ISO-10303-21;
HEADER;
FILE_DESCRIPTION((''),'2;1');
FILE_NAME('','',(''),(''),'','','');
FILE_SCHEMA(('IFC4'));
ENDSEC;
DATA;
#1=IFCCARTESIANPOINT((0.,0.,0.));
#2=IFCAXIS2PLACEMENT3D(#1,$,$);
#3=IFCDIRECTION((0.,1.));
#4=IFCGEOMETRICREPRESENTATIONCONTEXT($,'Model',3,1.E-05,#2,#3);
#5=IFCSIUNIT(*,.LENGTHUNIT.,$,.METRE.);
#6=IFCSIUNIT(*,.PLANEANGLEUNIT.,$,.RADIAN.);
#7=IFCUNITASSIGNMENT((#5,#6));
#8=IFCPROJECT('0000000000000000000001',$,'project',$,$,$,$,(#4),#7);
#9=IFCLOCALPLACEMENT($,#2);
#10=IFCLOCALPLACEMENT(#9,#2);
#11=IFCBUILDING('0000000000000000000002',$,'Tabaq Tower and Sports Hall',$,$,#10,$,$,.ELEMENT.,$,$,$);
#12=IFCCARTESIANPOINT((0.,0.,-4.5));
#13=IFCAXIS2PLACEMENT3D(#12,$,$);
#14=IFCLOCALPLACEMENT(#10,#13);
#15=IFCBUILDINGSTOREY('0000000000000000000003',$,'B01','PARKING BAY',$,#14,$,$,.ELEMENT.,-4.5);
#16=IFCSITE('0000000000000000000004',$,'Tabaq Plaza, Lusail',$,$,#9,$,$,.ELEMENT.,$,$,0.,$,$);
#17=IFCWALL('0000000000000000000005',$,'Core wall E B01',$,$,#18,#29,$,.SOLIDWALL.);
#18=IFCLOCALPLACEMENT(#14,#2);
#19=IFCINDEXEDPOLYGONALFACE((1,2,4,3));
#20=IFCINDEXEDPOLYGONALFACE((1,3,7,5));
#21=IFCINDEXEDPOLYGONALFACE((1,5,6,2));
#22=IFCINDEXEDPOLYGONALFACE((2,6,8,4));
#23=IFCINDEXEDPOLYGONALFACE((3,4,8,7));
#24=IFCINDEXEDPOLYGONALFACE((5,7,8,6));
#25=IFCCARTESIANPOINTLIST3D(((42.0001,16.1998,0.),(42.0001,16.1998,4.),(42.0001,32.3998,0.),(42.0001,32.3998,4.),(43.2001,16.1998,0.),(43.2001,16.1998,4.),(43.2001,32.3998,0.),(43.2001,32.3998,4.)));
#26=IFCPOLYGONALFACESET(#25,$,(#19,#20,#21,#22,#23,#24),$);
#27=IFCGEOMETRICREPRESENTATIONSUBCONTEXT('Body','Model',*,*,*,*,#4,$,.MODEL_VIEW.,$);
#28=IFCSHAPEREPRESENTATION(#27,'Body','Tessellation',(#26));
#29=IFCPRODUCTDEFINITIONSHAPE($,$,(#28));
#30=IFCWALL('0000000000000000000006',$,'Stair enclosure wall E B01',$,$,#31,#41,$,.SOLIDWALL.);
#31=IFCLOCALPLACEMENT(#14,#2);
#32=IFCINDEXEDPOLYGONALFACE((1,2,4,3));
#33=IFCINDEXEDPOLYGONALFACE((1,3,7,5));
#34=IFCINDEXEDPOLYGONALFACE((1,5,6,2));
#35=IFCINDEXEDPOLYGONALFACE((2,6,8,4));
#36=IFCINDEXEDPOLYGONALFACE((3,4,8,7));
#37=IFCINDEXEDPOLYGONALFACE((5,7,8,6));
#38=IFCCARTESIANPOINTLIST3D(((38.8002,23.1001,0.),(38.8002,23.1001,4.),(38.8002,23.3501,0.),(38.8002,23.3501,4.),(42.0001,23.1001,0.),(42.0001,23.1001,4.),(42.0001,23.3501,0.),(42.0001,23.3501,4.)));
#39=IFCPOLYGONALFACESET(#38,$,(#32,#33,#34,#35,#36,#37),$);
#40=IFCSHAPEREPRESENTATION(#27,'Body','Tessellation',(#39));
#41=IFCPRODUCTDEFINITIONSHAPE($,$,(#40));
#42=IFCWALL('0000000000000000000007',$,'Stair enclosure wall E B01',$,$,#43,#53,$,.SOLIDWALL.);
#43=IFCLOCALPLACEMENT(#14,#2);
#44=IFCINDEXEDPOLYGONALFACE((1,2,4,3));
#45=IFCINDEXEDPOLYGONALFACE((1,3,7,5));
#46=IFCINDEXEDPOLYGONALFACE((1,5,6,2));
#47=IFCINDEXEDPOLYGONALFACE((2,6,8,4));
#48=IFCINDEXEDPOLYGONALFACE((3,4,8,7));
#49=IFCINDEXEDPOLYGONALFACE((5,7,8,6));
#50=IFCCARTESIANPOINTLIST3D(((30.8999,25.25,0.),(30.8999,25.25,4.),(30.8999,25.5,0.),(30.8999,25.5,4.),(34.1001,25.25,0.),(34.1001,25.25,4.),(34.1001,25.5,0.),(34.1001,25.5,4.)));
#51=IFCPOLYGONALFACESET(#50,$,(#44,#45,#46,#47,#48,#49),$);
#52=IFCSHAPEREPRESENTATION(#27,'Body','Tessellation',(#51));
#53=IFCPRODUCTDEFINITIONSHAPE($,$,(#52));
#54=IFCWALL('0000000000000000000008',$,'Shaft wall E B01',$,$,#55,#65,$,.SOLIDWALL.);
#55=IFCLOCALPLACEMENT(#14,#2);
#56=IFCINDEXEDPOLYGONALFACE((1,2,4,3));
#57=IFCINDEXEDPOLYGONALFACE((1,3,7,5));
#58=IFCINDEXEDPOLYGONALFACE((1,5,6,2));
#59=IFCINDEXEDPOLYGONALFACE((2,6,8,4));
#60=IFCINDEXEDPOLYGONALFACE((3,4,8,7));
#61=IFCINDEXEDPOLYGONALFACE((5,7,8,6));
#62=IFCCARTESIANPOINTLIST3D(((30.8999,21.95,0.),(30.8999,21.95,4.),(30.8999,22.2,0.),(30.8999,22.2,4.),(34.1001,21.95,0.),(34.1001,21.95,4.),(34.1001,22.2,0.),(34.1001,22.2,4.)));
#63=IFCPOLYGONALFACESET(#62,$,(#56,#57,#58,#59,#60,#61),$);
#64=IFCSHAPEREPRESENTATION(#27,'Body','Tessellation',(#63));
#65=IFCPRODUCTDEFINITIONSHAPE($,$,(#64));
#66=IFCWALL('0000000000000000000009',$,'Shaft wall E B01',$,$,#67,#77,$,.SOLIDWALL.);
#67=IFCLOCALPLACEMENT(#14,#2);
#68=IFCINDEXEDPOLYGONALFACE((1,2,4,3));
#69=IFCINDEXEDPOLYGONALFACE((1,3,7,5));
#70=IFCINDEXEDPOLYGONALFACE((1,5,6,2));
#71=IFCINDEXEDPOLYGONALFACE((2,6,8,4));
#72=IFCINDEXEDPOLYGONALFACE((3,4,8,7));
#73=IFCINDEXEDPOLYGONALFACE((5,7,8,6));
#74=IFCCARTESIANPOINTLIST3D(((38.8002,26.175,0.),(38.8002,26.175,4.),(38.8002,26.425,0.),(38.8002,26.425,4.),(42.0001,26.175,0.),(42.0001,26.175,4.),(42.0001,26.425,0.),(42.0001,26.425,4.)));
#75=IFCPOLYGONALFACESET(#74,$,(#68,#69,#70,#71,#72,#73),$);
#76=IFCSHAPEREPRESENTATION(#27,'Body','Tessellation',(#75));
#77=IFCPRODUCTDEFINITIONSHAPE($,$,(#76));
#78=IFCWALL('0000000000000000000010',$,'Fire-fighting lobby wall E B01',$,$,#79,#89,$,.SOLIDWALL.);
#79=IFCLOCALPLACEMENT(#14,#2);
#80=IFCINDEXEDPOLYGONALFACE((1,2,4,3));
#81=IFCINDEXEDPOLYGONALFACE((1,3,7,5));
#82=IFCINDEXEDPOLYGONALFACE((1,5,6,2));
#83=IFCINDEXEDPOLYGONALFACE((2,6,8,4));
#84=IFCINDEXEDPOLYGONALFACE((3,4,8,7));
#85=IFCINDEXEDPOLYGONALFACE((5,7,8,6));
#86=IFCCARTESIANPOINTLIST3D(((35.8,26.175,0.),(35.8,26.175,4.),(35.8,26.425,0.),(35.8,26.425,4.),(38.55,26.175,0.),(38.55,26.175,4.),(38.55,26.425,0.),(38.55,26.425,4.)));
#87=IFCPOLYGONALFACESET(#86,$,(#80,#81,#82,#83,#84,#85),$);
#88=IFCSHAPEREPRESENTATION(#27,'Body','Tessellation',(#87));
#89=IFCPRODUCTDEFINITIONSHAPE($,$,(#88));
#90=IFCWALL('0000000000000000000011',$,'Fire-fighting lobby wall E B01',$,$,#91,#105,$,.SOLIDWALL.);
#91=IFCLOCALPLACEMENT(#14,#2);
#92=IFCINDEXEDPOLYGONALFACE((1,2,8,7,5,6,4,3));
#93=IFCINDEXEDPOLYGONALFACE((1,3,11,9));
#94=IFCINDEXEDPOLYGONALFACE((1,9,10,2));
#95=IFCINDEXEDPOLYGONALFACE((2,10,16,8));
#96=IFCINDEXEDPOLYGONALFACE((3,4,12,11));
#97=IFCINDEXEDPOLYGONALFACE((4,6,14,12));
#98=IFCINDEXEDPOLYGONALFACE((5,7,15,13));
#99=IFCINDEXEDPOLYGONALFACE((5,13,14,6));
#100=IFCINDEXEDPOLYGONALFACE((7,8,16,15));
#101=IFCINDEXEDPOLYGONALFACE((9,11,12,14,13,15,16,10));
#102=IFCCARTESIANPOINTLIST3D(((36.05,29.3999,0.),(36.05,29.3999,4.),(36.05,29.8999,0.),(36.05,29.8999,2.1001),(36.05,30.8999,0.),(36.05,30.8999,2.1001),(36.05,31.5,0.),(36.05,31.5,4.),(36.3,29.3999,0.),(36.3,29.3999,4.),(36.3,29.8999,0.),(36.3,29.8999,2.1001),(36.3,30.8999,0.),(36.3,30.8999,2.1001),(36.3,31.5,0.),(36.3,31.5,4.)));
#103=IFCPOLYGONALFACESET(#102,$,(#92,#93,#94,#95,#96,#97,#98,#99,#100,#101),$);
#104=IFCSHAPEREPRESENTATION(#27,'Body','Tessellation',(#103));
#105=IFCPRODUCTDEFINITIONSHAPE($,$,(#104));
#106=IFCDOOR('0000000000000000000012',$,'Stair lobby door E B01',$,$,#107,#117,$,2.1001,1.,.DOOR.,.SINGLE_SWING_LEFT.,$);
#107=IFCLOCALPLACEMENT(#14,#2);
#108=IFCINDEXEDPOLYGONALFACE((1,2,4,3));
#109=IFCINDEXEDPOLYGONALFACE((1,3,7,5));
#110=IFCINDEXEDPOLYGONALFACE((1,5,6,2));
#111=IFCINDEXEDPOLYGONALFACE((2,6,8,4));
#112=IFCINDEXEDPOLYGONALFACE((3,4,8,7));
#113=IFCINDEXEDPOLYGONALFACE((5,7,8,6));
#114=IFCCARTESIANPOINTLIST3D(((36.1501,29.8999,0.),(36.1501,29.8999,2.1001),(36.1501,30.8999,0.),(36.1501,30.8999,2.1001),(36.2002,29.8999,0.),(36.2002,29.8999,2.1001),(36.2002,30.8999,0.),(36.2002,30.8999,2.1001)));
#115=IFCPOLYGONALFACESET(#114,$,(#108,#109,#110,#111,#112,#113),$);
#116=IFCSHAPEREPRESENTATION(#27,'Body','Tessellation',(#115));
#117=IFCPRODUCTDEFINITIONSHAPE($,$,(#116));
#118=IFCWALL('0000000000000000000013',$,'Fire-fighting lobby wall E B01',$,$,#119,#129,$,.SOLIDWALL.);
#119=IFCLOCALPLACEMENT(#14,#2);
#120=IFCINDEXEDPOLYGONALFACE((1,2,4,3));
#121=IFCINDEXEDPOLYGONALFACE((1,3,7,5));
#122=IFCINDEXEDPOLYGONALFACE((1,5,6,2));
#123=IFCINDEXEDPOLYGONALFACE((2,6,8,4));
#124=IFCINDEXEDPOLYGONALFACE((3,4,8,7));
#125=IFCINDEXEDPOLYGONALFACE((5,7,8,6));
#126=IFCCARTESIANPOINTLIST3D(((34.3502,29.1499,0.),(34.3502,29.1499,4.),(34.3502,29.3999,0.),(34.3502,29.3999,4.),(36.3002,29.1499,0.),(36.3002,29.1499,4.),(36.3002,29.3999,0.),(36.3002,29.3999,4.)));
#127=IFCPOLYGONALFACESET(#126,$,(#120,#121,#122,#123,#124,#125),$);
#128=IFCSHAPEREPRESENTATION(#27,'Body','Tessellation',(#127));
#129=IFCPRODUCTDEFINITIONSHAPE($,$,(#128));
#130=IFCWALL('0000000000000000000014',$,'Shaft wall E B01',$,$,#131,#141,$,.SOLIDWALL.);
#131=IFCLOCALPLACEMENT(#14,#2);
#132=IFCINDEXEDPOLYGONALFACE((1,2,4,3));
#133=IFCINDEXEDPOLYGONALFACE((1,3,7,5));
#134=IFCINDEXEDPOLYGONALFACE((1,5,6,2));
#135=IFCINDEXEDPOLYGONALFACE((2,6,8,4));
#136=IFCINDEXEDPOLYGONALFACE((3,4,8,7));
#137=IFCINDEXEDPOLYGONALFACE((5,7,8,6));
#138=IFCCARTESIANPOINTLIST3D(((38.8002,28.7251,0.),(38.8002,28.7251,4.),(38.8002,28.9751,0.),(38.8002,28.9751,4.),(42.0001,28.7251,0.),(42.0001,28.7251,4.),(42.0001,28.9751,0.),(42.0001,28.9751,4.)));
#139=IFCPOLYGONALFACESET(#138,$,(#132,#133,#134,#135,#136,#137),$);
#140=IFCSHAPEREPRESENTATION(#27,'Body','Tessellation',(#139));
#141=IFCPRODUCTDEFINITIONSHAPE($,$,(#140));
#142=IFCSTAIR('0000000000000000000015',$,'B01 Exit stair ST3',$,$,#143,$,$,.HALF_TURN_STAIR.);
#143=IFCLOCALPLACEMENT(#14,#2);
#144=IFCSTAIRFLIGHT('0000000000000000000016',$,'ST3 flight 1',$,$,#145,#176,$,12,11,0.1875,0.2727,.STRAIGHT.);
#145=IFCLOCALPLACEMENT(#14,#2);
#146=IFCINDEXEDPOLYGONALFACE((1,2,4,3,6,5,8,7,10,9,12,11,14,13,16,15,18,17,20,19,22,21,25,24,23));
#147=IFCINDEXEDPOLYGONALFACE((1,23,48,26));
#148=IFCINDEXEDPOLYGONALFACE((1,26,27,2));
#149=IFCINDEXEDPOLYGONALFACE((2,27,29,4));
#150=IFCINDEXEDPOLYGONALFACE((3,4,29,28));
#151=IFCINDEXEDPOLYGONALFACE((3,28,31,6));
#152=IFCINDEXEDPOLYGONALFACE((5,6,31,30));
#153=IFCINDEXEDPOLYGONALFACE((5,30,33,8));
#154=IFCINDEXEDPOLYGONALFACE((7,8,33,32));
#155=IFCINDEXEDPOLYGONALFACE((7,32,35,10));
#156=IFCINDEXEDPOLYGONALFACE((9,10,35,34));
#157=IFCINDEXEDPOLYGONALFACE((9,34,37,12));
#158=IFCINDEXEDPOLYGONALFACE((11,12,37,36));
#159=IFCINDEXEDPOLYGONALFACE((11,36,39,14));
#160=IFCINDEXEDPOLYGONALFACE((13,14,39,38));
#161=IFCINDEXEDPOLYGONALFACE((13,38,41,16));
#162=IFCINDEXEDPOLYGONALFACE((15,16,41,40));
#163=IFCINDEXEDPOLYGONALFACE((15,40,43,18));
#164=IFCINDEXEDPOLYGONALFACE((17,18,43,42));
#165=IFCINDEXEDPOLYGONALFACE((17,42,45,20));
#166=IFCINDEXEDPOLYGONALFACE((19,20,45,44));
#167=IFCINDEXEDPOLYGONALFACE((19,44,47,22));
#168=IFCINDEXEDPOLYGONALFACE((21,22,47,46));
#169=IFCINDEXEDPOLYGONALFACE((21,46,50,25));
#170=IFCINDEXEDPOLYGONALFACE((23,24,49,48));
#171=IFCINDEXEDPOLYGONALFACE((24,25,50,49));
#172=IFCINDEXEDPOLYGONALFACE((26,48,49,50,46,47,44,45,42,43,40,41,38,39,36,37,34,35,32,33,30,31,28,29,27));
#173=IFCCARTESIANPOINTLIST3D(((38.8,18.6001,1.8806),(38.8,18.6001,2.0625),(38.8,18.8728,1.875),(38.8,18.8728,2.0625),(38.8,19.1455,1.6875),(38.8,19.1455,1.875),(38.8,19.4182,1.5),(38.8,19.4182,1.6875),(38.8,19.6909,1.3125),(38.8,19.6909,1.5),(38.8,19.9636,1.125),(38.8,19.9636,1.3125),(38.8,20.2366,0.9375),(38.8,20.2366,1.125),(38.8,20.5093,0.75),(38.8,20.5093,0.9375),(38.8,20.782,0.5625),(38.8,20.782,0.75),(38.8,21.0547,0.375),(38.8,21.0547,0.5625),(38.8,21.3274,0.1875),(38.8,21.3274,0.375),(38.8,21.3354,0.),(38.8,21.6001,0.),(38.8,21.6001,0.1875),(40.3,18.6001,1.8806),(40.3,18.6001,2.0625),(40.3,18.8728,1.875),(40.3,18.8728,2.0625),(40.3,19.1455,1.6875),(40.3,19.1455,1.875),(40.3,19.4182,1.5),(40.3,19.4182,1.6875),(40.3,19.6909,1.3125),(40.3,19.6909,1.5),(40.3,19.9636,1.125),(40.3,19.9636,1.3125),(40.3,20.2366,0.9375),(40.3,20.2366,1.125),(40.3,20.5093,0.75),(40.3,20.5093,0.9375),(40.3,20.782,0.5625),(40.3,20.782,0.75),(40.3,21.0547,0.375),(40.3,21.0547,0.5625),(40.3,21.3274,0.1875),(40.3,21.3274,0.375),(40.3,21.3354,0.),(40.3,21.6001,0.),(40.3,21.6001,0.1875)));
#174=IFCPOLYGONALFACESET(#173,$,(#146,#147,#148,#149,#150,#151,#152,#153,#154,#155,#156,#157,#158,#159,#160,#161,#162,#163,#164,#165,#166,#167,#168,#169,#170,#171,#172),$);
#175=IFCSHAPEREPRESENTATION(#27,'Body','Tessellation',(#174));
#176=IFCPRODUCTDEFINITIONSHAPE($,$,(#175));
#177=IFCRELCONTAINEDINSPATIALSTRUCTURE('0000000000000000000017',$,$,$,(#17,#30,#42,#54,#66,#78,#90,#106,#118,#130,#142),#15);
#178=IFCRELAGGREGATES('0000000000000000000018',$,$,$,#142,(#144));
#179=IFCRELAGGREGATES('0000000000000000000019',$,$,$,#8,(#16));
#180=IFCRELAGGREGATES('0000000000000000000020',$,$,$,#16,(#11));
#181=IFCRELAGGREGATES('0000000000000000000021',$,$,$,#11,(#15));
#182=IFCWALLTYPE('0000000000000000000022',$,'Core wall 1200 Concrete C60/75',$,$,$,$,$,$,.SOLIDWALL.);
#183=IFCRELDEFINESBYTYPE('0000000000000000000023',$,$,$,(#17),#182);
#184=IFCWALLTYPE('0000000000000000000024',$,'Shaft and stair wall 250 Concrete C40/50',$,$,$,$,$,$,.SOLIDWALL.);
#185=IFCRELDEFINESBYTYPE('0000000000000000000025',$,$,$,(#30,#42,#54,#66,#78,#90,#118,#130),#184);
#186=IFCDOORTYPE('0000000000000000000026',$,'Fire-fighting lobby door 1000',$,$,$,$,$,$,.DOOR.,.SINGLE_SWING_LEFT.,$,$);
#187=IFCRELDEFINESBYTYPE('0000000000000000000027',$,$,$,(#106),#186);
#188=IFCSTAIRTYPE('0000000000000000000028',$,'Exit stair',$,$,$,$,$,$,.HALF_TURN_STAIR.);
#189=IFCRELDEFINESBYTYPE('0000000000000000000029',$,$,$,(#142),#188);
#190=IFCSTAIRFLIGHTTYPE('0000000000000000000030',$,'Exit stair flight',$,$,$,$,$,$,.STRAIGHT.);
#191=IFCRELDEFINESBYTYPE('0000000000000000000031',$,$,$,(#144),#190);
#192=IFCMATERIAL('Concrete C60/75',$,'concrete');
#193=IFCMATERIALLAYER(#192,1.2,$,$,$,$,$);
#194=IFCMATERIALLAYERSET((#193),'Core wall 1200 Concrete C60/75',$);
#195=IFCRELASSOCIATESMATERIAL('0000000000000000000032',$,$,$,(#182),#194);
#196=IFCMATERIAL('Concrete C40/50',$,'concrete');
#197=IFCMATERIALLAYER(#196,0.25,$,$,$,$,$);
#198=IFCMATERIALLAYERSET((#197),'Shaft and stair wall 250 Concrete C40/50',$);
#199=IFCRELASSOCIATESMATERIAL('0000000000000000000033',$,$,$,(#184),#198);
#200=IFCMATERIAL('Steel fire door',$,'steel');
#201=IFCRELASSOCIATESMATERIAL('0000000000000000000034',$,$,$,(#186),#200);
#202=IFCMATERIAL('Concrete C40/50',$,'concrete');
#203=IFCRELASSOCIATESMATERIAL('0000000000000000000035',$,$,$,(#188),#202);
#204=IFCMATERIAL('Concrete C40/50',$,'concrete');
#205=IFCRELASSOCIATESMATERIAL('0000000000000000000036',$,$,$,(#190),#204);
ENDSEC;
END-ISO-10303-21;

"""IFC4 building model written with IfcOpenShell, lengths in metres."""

from ifc_helpers import new_model, si_unit, direction, frame, frame_2d, origin, place, context, subcontext, project, spatial, polyline, rectangle, outline, extrude, material, layer, layer_set, type_object, element, fill, aggregate, save


model = new_model("IFC4")

# Units and contexts
model_context = context("Model", 3, precision=1e-05, world=origin(), true_north=direction((0.0, 1.0)))
body_context = subcontext(model_context, "Body", "Model", "MODEL_VIEW")
ifc_project = project(units=[si_unit("LENGTHUNIT", "METRE"), si_unit("PLANEANGLEUNIT", "RADIAN")], contexts=[model_context])

# Site, building, storey
site_placement = place(None, origin())
site = spatial("IfcSite", under=ifc_project, at=site_placement, Name="Tabaq Plaza, Lusail", CompositionType="ELEMENT", RefElevation=0.0)
building_placement = place(site_placement, origin())
building = spatial("IfcBuilding", under=site, at=building_placement, Name="Tabaq Tower and Sports Hall", CompositionType="ELEMENT")
storey_placement = place(building_placement, frame((0.0, 0.0, -4.5)))
storey = spatial("IfcBuildingStorey", under=building, at=storey_placement, Name="B01", Description="PARKING BAY", CompositionType="ELEMENT", Elevation=-4.5)

# Wall
ifc_material_1 = material(Name="Concrete C60/75", Category="concrete")
ifc_layer_1 = layer(ifc_material_1, 1.2)
ifc_layer_set_1 = layer_set([ifc_layer_1], Name="Core wall 1200 Concrete C60/75")
wall_type_1 = type_object("IfcWallType", Name="Core wall 1200 Concrete C60/75", PredefinedType="SOLIDWALL", material=ifc_layer_set_1)
wall_1_placement = place(storey_placement, frame((42.6001, 32.3999, 0.0), z_axis=(0.0, 0.0, 1.0), x_axis=(0.0, -1.0, 0.0)))
element("IfcWall", 1, at=wall_1_placement, inside=storey, type_object=wall_type_1, Name="Core wall E B01", PredefinedType="SOLIDWALL", context=body_context, shape_type="SweptSolid", body=[
    extrude(rectangle(XDim=16.2, YDim=1.2, at=frame_2d((8.1001, 0.0))), origin(), (0.0, 0.0, 1.0), 4.0),
])

# Walls
ifc_material_2 = material(Name="Concrete C40/50", Category="concrete")
ifc_layer_2 = layer(ifc_material_2, 0.25)
ifc_layer_set_2 = layer_set([ifc_layer_2], Name="Shaft and stair wall 250 Concrete C40/50")
wall_type_2 = type_object("IfcWallType", Name="Shaft and stair wall 250 Concrete C40/50", PredefinedType="SOLIDWALL", material=ifc_layer_set_2)
wall_2_placement = place(storey_placement, frame((38.8, 23.2251, 0.0), z_axis=(0.0, 0.0, 1.0), x_axis=(1.0, 0.0, 0.0)))
element("IfcWall", 2, at=wall_2_placement, inside=storey, type_object=wall_type_2, Name="Stair enclosure wall E B01", PredefinedType="SOLIDWALL", context=body_context, shape_type="SweptSolid", body=[
    extrude(rectangle(XDim=3.2, YDim=0.25, at=frame_2d((1.6001, 0.0))), origin(), (0.0, 0.0, 1.0), 4.0),
])
for number, where, z_axis, x_axis, name in (
    (3, (30.8999, 25.375, 0.0), (0.0, 0.0, 1.0), (1.0, 0.0, 0.0), "Stair enclosure wall E B01"),
    (4, (30.8999, 22.075, 0.0), (0.0, 0.0, 1.0), (1.0, 0.0, 0.0), "Shaft wall E B01"),
):
    element("IfcWall", number, at=place(storey_placement, frame(where, z_axis=z_axis, x_axis=x_axis)), inside=storey, type_object=wall_type_2, Name=name, PredefinedType="SOLIDWALL", context=body_context, shape_type="SweptSolid", body=[
        extrude(rectangle(XDim=3.2002, YDim=0.25, at=frame_2d((1.6001, 0.0))), origin(), (0.0, 0.0, 1.0), 4.0),
    ])
wall_3_placement = place(storey_placement, frame((38.8, 26.3, 0.0), z_axis=(0.0, 0.0, 1.0), x_axis=(1.0, 0.0, 0.0)))
element("IfcWall", 5, at=wall_3_placement, inside=storey, type_object=wall_type_2, Name="Shaft wall E B01", PredefinedType="SOLIDWALL", context=body_context, shape_type="SweptSolid", body=[
    extrude(rectangle(XDim=3.2, YDim=0.25, at=frame_2d((1.6001, 0.0))), origin(), (0.0, 0.0, 1.0), 4.0),
])
wall_4_placement = place(storey_placement, frame((35.8, 26.3, 0.0), z_axis=(0.0, 0.0, 1.0), x_axis=(1.0, 0.0, 0.0)))
element("IfcWall", 6, at=wall_4_placement, inside=storey, type_object=wall_type_2, Name="Fire-fighting lobby wall E B01", PredefinedType="SOLIDWALL", context=body_context, shape_type="SweptSolid", body=[
    extrude(rectangle(XDim=2.75, YDim=0.25, at=frame_2d((1.375, 0.0))), origin(), (0.0, 0.0, 1.0), 4.0),
])

# Wall, opening, door
wall_5_placement = place(storey_placement, frame((36.175, 29.3999, 0.0), z_axis=(0.0, 0.0, 1.0), x_axis=(0.0, 1.0, 0.0)))
wall_5 = element("IfcWall", 7, at=wall_5_placement, inside=storey, type_object=wall_type_2, Name="Fire-fighting lobby wall E B01", PredefinedType="SOLIDWALL", context=body_context, shape_type="SweptSolid", body=[
    extrude(rectangle(XDim=2.1001, YDim=0.25, at=frame_2d((1.05, 0.0))), origin(), (0.0, 0.0, 1.0), 4.0),
])
opening_1_placement = place(wall_5_placement, frame((0.5, 0.0, 0.0)))
opening_1 = element("IfcOpeningElement", 8, at=opening_1_placement, cuts=wall_5, PredefinedType="OPENING", context=body_context, shape_type="SweptSolid", body=[
    extrude(rectangle(XDim=1.0, YDim=2.1001, at=frame_2d((0.5, 1.05))), frame((0.0, 0.125, 0.0), z_axis=(0.0, -1.0, 0.0), x_axis=(1.0, 0.0, 0.0)), (0.0, 0.0, 1.0), 0.25),
])
ifc_material_3 = material(Name="Steel fire door", Category="steel")
door_type_1 = type_object("IfcDoorType", Name="Fire-fighting lobby door 1000", OperationType="SINGLE_SWING_LEFT", PredefinedType="DOOR", material=ifc_material_3)
door_1_placement = place(opening_1_placement, origin())
door_1 = element("IfcDoor", 9, at=door_1_placement, inside=storey, type_object=door_type_1, Name="Stair lobby door E B01", OperationType="SINGLE_SWING_LEFT", OverallHeight=2.1001, OverallWidth=1.0, PredefinedType="DOOR", context=body_context, shape_type="SweptSolid", body=[
    extrude(rectangle(XDim=1.0, YDim=2.1001, at=frame_2d((0.5, 1.05))), frame((0.0, 0.0249, 0.0), z_axis=(0.0, -1.0, 0.0), x_axis=(1.0, 0.0, 0.0)), (0.0, 0.0, 1.0), 0.05),
])
fill(opening_1, door_1)

# Walls
wall_6_placement = place(storey_placement, frame((34.3501, 29.2749, 0.0), z_axis=(0.0, 0.0, 1.0), x_axis=(1.0, 0.0, 0.0)))
element("IfcWall", 10, at=wall_6_placement, inside=storey, type_object=wall_type_2, Name="Fire-fighting lobby wall E B01", PredefinedType="SOLIDWALL", context=body_context, shape_type="SweptSolid", body=[
    extrude(rectangle(XDim=1.95, YDim=0.25, at=frame_2d((0.9751, 0.0))), origin(), (0.0, 0.0, 1.0), 4.0),
])
wall_7_placement = place(storey_placement, frame((38.8, 28.8501, 0.0), z_axis=(0.0, 0.0, 1.0), x_axis=(1.0, 0.0, 0.0)))
element("IfcWall", 11, at=wall_7_placement, inside=storey, type_object=wall_type_2, Name="Shaft wall E B01", PredefinedType="SOLIDWALL", context=body_context, shape_type="SweptSolid", body=[
    extrude(rectangle(XDim=3.2, YDim=0.25, at=frame_2d((1.6001, 0.0))), origin(), (0.0, 0.0, 1.0), 4.0),
])

# Stair, stair flight
ifc_material_4 = material(Name="Concrete C40/50", Category="concrete")
stair_type = type_object("IfcStairType", Name="Exit stair", PredefinedType="HALF_TURN_STAIR", material=ifc_material_4)
stair_1_placement = place(storey_placement, origin())
stair_1 = element("IfcStair", 12, at=stair_1_placement, inside=storey, type_object=stair_type, Name="B01 Exit stair ST3", PredefinedType="HALF_TURN_STAIR")
ifc_material_5 = material(Name="Concrete C40/50", Category="concrete")
stair_flight_type = type_object("IfcStairFlightType", Name="Exit stair flight", PredefinedType="STRAIGHT", material=ifc_material_5)
stair_flight_1_placement = place(storey_placement, frame((39.55, 21.6001, 0.0), z_axis=(0.0, 0.0, 1.0), x_axis=(0.0, -1.0, 0.0)))
stair_flight_1 = element("IfcStairFlight", 13, at=stair_flight_1_placement, type_object=stair_flight_type, Name="ST3 flight 1", NumberOfRisers=12, NumberOfTreads=11, PredefinedType="STRAIGHT", RiserHeight=0.1875, TreadLength=0.2727, context=body_context, shape_type="SweptSolid", body=[
    extrude(outline(polyline([(0.0, 0.0), (0.0, 0.1875), (0.2727, 0.1875), (0.2727, 0.375), (0.5454, 0.375), (0.5454, 0.5625), (0.8181, 0.5625), (0.8181, 0.75), (1.0908, 0.75), (1.0908, 0.9375), (1.3635, 0.9375), (1.3635, 1.125), (1.6365, 1.125), (1.6365, 1.3125), (1.9092, 1.3125), (1.9092, 1.5), (2.1819, 1.5), (2.1819, 1.6875), (2.4546, 1.6875), (2.4546, 1.875), (2.7273, 1.875), (2.7273, 2.0625), (3.0, 2.0625), (3.0, 2.25), (3.0, 1.8806), (0.2646, 0.0), (0.0, 0.0)])), frame((0.0, 0.75, 0.0), z_axis=(0.0, -1.0, 0.0), x_axis=(1.0, 0.0, 0.0)), (0.0, 0.0, 1.0), 1.5),
])
aggregate(stair_1, [stair_flight_1])

save(model, "model.ifc")
